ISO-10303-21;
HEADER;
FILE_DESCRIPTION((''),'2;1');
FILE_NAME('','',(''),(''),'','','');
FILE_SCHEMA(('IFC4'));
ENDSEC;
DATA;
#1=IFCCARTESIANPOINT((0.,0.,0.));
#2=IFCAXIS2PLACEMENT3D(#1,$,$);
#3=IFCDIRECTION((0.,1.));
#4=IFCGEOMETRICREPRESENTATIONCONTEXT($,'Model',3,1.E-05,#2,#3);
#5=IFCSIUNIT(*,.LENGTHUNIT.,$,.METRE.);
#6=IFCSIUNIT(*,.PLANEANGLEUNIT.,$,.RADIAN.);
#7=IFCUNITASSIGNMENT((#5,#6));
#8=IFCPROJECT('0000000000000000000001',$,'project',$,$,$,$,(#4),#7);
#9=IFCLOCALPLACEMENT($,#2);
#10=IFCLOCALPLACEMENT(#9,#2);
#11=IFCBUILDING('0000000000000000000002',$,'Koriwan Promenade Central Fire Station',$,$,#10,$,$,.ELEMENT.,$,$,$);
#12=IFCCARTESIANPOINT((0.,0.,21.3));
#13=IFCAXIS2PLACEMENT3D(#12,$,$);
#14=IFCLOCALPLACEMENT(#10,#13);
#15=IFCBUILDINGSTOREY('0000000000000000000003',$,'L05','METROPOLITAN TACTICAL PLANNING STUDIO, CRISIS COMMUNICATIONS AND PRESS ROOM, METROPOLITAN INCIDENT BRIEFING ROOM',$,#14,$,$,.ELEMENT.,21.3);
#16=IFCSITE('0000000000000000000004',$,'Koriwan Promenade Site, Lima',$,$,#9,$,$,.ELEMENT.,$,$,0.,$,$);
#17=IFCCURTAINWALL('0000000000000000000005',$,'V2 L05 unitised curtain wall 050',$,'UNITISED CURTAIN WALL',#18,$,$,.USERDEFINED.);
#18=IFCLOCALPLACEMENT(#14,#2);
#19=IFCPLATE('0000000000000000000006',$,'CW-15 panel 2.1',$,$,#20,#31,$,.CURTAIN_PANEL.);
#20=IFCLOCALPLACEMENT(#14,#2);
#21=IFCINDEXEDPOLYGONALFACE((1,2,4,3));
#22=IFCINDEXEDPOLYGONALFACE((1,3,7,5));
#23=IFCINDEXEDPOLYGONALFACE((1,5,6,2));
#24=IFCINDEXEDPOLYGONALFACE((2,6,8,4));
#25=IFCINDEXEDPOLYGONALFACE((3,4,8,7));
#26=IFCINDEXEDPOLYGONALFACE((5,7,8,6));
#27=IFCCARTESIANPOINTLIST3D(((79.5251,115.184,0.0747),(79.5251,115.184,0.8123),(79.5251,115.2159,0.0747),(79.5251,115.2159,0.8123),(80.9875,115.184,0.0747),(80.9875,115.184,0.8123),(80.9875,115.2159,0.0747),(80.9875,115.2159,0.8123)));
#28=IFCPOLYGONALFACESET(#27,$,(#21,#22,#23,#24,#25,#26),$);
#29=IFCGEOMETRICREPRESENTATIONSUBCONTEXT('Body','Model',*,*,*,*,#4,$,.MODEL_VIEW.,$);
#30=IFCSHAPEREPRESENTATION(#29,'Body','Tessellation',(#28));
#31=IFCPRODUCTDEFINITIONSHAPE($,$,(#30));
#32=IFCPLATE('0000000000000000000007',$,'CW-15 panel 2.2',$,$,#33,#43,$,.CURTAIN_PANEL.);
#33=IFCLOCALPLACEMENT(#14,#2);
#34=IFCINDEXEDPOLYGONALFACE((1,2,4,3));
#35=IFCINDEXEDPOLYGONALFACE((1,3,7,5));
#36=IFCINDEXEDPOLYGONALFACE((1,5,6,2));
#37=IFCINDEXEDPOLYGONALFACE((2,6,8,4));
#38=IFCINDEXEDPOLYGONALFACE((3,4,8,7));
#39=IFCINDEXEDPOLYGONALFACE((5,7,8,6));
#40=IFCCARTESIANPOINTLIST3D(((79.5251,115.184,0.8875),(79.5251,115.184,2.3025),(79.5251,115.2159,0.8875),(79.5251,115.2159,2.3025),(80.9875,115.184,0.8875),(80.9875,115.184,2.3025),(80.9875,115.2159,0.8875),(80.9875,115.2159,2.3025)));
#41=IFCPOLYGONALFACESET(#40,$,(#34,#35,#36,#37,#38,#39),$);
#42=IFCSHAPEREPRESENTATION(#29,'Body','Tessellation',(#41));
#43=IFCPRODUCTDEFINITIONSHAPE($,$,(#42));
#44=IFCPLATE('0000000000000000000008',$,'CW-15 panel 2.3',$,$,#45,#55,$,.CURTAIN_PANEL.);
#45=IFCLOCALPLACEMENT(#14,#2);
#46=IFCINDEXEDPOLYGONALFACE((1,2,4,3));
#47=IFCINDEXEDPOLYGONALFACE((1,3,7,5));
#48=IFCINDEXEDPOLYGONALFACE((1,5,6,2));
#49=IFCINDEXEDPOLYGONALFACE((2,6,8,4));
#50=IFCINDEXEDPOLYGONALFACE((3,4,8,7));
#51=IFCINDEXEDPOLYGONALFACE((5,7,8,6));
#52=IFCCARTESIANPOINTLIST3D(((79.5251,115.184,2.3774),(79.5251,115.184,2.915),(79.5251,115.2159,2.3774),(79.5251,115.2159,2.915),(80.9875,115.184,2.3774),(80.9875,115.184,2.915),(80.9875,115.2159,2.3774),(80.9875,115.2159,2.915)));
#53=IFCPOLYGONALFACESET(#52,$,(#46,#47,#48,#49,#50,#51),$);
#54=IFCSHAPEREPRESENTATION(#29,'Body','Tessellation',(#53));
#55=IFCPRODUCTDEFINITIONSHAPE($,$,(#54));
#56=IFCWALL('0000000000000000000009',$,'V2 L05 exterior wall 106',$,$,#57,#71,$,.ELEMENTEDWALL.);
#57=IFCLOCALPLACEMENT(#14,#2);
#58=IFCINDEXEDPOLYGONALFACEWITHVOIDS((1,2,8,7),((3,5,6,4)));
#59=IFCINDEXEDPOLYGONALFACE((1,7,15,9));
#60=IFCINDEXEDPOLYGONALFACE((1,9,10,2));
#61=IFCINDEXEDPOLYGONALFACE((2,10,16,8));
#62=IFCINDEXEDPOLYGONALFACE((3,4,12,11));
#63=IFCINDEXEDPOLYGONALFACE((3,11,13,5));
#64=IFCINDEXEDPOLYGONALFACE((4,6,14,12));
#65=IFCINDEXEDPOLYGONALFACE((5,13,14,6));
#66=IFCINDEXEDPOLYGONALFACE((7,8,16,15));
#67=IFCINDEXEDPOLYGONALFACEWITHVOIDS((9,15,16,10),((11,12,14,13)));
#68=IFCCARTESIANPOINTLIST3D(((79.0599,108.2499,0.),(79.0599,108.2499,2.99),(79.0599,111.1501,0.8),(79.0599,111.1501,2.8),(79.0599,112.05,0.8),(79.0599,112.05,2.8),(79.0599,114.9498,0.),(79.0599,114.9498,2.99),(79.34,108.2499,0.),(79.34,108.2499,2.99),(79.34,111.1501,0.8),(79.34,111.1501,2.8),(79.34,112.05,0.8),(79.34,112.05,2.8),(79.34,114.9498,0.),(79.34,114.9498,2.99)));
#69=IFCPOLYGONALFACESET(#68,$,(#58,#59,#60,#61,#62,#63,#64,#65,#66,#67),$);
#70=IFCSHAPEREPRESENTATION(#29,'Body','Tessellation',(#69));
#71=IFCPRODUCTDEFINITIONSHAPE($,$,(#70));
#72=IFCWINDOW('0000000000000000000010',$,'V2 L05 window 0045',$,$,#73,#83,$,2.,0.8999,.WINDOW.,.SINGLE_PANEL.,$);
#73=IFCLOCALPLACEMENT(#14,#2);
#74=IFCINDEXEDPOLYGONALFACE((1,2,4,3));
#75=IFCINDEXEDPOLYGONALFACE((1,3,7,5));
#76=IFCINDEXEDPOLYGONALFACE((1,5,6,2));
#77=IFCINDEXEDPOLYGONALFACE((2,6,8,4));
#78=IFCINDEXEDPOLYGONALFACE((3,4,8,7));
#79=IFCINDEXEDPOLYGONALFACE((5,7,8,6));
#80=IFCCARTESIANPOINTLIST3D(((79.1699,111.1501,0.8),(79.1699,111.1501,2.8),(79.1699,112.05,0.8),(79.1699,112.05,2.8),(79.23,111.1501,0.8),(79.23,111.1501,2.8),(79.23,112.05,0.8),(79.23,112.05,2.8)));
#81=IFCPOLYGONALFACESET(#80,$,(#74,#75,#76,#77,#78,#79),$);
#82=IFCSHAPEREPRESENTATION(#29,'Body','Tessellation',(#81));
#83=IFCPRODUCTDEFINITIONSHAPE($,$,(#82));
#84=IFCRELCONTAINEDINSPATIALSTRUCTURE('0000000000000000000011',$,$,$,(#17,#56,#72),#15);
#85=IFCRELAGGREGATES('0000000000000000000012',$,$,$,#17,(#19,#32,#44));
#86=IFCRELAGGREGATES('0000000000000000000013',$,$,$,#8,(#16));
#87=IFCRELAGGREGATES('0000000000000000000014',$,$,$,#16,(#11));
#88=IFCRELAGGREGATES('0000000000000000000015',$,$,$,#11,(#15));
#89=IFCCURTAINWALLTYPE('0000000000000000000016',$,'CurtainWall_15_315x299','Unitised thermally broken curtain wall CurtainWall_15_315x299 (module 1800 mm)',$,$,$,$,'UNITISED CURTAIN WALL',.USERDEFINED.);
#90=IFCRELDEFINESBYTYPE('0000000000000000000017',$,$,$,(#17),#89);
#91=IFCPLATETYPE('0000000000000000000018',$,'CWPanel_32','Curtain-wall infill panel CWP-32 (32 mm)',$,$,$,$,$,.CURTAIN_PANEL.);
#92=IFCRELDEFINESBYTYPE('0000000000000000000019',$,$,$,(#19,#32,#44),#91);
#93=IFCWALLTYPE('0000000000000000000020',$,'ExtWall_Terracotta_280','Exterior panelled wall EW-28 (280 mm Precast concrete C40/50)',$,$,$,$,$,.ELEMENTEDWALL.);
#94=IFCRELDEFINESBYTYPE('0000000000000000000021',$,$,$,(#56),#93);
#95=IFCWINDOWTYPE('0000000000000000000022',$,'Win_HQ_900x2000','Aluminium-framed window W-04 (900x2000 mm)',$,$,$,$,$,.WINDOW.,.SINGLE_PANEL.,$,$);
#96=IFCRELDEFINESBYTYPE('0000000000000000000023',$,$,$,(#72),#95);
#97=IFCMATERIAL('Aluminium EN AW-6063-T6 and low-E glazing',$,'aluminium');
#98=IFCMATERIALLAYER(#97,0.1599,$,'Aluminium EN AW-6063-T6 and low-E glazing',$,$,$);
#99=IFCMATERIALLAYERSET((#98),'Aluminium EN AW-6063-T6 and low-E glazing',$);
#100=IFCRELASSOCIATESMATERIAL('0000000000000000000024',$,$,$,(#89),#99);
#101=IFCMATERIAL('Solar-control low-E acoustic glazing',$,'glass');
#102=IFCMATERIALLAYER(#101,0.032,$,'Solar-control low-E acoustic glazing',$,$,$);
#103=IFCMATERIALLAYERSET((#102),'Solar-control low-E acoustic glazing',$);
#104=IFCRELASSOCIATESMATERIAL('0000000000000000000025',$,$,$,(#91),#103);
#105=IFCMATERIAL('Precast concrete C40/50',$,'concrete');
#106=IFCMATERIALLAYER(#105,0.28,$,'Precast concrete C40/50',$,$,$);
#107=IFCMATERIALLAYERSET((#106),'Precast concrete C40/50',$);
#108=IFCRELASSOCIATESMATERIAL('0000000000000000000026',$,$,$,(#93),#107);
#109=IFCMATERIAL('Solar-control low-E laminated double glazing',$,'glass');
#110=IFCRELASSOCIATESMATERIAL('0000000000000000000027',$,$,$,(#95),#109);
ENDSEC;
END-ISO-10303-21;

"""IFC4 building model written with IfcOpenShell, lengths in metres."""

from ifc_helpers import new_model, si_unit, direction, frame, frame_2d, origin, origin_2d, place, context, subcontext, project, spatial, rectangle, extrude, material, layer, layer_set, type_object, element, fill, aggregate, save


model = new_model("IFC4")

# Units and contexts
model_context = context("Model", 3, precision=1e-05, world=origin(), true_north=direction((0.0, 1.0)))
body_context = subcontext(model_context, "Body", "Model", "MODEL_VIEW")
ifc_project = project(units=[si_unit("LENGTHUNIT", "METRE"), si_unit("PLANEANGLEUNIT", "RADIAN")], contexts=[model_context])

# Site, building, storey
site_placement = place(None, origin())
site = spatial("IfcSite", under=ifc_project, at=site_placement, Name="Koriwan Promenade Site, Lima", CompositionType="ELEMENT", RefElevation=0.0)
building_placement = place(site_placement, origin())
building = spatial("IfcBuilding", under=site, at=building_placement, Name="Koriwan Promenade Central Fire Station", CompositionType="ELEMENT")
storey_placement = place(building_placement, frame((0.0, 0.0, 21.3)))
storey = spatial("IfcBuildingStorey", under=building, at=storey_placement, Name="L05", Description="METROPOLITAN TACTICAL PLANNING STUDIO, CRISIS COMMUNICATIONS AND PRESS ROOM, METROPOLITAN INCIDENT BRIEFING ROOM", CompositionType="ELEMENT", Elevation=21.3)

# Curtain wall, plates
ifc_material_1 = material(Name="Aluminium EN AW-6063-T6 and low-E glazing", Category="aluminium")
ifc_layer_1 = layer(ifc_material_1, 0.1599, Name="Aluminium EN AW-6063-T6 and low-E glazing")
ifc_layer_set_1 = layer_set([ifc_layer_1], Name="Aluminium EN AW-6063-T6 and low-E glazing")
curtain_wall_type = type_object("IfcCurtainWallType", Name="CurtainWall_15_315x299", Description="Unitised thermally broken curtain wall CurtainWall_15_315x299 (module 1800 mm)", ElementType="UNITISED CURTAIN WALL", PredefinedType="USERDEFINED", material=ifc_layer_set_1)
curtain_wall_placement = place(storey_placement, origin())
curtain_wall = element("IfcCurtainWall", 1, at=curtain_wall_placement, inside=storey, type_object=curtain_wall_type, Name="V2 L05 unitised curtain wall 050", ObjectType="UNITISED CURTAIN WALL", PredefinedType="USERDEFINED")
ifc_material_2 = material(Name="Solar-control low-E acoustic glazing", Category="glass")
ifc_layer_2 = layer(ifc_material_2, 0.032, Name="Solar-control low-E acoustic glazing")
ifc_layer_set_2 = layer_set([ifc_layer_2], Name="Solar-control low-E acoustic glazing")
plate_type = type_object("IfcPlateType", Name="CWPanel_32", Description="Curtain-wall infill panel CWP-32 (32 mm)", PredefinedType="CURTAIN_PANEL", material=ifc_layer_set_2)
plate_1_placement = place(storey_placement, frame((80.2563, 115.2, 0.0747), z_axis=(0.0, 0.0, 1.0), x_axis=(-1.0, 0.0, 0.0)))
plate_1 = element("IfcPlate", 2, at=plate_1_placement, type_object=plate_type, Name="CW-15 panel 2.1", PredefinedType="CURTAIN_PANEL", context=body_context, shape_type="SweptSolid", body=[
    extrude(rectangle(XDim=1.4624, YDim=0.032, at=origin_2d()), origin(), (0.0, 0.0, 1.0), 0.7375),
])
plate_2_placement = place(storey_placement, frame((80.2563, 115.2, 0.8875), z_axis=(0.0, 0.0, 1.0), x_axis=(-1.0, 0.0, 0.0)))
plate_2 = element("IfcPlate", 3, at=plate_2_placement, type_object=plate_type, Name="CW-15 panel 2.2", PredefinedType="CURTAIN_PANEL", context=body_context, shape_type="SweptSolid", body=[
    extrude(rectangle(XDim=1.4624, YDim=0.032, at=origin_2d()), origin(), (0.0, 0.0, 1.0), 1.415),
])
plate_3_placement = place(storey_placement, frame((80.2563, 115.2, 2.3774), z_axis=(0.0, 0.0, 1.0), x_axis=(-1.0, 0.0, 0.0)))
plate_3 = element("IfcPlate", 4, at=plate_3_placement, type_object=plate_type, Name="CW-15 panel 2.3", PredefinedType="CURTAIN_PANEL", context=body_context, shape_type="SweptSolid", body=[
    extrude(rectangle(XDim=1.4624, YDim=0.032, at=origin_2d()), origin(), (0.0, 0.0, 1.0), 0.5376),
])
aggregate(curtain_wall, [plate_1, plate_2, plate_3])

# Wall, opening, window
ifc_material_3 = material(Name="Precast concrete C40/50", Category="concrete")
ifc_layer_3 = layer(ifc_material_3, 0.28, Name="Precast concrete C40/50")
ifc_layer_set_3 = layer_set([ifc_layer_3], Name="Precast concrete C40/50")
wall_type = type_object("IfcWallType", Name="ExtWall_Terracotta_280", Description="Exterior panelled wall EW-28 (280 mm Precast concrete C40/50)", PredefinedType="ELEMENTEDWALL", material=ifc_layer_set_3)
wall_placement = place(storey_placement, frame((79.2, 114.95, 0.0), z_axis=(0.0, 0.0, 1.0), x_axis=(0.0, -1.0, 0.0)))
wall = element("IfcWall", 5, at=wall_placement, inside=storey, type_object=wall_type, Name="V2 L05 exterior wall 106", PredefinedType="ELEMENTEDWALL", context=body_context, shape_type="SweptSolid", body=[
    extrude(rectangle(XDim=6.7, YDim=0.28, at=frame_2d((3.3501, 0.0))), origin(), (0.0, 0.0, 1.0), 2.99),
])
opening_placement = place(wall_placement, frame((2.8999, 0.0, 0.8)))
opening = element("IfcOpeningElement", 6, at=opening_placement, cuts=wall, PredefinedType="OPENING", context=body_context, shape_type="SweptSolid", body=[
    extrude(rectangle(XDim=0.8999, YDim=2.0, at=frame_2d((0.45, 1.0))), frame((0.0, 0.1519, 0.0), z_axis=(0.0, -1.0, 0.0), x_axis=(1.0, 0.0, 0.0)), (0.0, 0.0, 1.0), 0.304),
])
ifc_material_4 = material(Name="Solar-control low-E laminated double glazing", Category="glass")
window_type = type_object("IfcWindowType", Name="Win_HQ_900x2000", Description="Aluminium-framed window W-04 (900x2000 mm)", PartitioningType="SINGLE_PANEL", PredefinedType="WINDOW", material=ifc_material_4)
window_placement = place(opening_placement, origin())
window = element("IfcWindow", 7, at=window_placement, inside=storey, type_object=window_type, Name="V2 L05 window 0045", OverallHeight=2.0, OverallWidth=0.8999, PartitioningType="SINGLE_PANEL", PredefinedType="WINDOW", context=body_context, shape_type="SweptSolid", body=[
    extrude(rectangle(XDim=0.8999, YDim=2.0, at=frame_2d((0.45, 1.0))), frame((0.0, 0.03, 0.0), z_axis=(0.0, -1.0, 0.0), x_axis=(1.0, 0.0, 0.0)), (0.0, 0.0, 1.0), 0.0601),
])
fill(opening, window)

save(model, "model.ifc")
